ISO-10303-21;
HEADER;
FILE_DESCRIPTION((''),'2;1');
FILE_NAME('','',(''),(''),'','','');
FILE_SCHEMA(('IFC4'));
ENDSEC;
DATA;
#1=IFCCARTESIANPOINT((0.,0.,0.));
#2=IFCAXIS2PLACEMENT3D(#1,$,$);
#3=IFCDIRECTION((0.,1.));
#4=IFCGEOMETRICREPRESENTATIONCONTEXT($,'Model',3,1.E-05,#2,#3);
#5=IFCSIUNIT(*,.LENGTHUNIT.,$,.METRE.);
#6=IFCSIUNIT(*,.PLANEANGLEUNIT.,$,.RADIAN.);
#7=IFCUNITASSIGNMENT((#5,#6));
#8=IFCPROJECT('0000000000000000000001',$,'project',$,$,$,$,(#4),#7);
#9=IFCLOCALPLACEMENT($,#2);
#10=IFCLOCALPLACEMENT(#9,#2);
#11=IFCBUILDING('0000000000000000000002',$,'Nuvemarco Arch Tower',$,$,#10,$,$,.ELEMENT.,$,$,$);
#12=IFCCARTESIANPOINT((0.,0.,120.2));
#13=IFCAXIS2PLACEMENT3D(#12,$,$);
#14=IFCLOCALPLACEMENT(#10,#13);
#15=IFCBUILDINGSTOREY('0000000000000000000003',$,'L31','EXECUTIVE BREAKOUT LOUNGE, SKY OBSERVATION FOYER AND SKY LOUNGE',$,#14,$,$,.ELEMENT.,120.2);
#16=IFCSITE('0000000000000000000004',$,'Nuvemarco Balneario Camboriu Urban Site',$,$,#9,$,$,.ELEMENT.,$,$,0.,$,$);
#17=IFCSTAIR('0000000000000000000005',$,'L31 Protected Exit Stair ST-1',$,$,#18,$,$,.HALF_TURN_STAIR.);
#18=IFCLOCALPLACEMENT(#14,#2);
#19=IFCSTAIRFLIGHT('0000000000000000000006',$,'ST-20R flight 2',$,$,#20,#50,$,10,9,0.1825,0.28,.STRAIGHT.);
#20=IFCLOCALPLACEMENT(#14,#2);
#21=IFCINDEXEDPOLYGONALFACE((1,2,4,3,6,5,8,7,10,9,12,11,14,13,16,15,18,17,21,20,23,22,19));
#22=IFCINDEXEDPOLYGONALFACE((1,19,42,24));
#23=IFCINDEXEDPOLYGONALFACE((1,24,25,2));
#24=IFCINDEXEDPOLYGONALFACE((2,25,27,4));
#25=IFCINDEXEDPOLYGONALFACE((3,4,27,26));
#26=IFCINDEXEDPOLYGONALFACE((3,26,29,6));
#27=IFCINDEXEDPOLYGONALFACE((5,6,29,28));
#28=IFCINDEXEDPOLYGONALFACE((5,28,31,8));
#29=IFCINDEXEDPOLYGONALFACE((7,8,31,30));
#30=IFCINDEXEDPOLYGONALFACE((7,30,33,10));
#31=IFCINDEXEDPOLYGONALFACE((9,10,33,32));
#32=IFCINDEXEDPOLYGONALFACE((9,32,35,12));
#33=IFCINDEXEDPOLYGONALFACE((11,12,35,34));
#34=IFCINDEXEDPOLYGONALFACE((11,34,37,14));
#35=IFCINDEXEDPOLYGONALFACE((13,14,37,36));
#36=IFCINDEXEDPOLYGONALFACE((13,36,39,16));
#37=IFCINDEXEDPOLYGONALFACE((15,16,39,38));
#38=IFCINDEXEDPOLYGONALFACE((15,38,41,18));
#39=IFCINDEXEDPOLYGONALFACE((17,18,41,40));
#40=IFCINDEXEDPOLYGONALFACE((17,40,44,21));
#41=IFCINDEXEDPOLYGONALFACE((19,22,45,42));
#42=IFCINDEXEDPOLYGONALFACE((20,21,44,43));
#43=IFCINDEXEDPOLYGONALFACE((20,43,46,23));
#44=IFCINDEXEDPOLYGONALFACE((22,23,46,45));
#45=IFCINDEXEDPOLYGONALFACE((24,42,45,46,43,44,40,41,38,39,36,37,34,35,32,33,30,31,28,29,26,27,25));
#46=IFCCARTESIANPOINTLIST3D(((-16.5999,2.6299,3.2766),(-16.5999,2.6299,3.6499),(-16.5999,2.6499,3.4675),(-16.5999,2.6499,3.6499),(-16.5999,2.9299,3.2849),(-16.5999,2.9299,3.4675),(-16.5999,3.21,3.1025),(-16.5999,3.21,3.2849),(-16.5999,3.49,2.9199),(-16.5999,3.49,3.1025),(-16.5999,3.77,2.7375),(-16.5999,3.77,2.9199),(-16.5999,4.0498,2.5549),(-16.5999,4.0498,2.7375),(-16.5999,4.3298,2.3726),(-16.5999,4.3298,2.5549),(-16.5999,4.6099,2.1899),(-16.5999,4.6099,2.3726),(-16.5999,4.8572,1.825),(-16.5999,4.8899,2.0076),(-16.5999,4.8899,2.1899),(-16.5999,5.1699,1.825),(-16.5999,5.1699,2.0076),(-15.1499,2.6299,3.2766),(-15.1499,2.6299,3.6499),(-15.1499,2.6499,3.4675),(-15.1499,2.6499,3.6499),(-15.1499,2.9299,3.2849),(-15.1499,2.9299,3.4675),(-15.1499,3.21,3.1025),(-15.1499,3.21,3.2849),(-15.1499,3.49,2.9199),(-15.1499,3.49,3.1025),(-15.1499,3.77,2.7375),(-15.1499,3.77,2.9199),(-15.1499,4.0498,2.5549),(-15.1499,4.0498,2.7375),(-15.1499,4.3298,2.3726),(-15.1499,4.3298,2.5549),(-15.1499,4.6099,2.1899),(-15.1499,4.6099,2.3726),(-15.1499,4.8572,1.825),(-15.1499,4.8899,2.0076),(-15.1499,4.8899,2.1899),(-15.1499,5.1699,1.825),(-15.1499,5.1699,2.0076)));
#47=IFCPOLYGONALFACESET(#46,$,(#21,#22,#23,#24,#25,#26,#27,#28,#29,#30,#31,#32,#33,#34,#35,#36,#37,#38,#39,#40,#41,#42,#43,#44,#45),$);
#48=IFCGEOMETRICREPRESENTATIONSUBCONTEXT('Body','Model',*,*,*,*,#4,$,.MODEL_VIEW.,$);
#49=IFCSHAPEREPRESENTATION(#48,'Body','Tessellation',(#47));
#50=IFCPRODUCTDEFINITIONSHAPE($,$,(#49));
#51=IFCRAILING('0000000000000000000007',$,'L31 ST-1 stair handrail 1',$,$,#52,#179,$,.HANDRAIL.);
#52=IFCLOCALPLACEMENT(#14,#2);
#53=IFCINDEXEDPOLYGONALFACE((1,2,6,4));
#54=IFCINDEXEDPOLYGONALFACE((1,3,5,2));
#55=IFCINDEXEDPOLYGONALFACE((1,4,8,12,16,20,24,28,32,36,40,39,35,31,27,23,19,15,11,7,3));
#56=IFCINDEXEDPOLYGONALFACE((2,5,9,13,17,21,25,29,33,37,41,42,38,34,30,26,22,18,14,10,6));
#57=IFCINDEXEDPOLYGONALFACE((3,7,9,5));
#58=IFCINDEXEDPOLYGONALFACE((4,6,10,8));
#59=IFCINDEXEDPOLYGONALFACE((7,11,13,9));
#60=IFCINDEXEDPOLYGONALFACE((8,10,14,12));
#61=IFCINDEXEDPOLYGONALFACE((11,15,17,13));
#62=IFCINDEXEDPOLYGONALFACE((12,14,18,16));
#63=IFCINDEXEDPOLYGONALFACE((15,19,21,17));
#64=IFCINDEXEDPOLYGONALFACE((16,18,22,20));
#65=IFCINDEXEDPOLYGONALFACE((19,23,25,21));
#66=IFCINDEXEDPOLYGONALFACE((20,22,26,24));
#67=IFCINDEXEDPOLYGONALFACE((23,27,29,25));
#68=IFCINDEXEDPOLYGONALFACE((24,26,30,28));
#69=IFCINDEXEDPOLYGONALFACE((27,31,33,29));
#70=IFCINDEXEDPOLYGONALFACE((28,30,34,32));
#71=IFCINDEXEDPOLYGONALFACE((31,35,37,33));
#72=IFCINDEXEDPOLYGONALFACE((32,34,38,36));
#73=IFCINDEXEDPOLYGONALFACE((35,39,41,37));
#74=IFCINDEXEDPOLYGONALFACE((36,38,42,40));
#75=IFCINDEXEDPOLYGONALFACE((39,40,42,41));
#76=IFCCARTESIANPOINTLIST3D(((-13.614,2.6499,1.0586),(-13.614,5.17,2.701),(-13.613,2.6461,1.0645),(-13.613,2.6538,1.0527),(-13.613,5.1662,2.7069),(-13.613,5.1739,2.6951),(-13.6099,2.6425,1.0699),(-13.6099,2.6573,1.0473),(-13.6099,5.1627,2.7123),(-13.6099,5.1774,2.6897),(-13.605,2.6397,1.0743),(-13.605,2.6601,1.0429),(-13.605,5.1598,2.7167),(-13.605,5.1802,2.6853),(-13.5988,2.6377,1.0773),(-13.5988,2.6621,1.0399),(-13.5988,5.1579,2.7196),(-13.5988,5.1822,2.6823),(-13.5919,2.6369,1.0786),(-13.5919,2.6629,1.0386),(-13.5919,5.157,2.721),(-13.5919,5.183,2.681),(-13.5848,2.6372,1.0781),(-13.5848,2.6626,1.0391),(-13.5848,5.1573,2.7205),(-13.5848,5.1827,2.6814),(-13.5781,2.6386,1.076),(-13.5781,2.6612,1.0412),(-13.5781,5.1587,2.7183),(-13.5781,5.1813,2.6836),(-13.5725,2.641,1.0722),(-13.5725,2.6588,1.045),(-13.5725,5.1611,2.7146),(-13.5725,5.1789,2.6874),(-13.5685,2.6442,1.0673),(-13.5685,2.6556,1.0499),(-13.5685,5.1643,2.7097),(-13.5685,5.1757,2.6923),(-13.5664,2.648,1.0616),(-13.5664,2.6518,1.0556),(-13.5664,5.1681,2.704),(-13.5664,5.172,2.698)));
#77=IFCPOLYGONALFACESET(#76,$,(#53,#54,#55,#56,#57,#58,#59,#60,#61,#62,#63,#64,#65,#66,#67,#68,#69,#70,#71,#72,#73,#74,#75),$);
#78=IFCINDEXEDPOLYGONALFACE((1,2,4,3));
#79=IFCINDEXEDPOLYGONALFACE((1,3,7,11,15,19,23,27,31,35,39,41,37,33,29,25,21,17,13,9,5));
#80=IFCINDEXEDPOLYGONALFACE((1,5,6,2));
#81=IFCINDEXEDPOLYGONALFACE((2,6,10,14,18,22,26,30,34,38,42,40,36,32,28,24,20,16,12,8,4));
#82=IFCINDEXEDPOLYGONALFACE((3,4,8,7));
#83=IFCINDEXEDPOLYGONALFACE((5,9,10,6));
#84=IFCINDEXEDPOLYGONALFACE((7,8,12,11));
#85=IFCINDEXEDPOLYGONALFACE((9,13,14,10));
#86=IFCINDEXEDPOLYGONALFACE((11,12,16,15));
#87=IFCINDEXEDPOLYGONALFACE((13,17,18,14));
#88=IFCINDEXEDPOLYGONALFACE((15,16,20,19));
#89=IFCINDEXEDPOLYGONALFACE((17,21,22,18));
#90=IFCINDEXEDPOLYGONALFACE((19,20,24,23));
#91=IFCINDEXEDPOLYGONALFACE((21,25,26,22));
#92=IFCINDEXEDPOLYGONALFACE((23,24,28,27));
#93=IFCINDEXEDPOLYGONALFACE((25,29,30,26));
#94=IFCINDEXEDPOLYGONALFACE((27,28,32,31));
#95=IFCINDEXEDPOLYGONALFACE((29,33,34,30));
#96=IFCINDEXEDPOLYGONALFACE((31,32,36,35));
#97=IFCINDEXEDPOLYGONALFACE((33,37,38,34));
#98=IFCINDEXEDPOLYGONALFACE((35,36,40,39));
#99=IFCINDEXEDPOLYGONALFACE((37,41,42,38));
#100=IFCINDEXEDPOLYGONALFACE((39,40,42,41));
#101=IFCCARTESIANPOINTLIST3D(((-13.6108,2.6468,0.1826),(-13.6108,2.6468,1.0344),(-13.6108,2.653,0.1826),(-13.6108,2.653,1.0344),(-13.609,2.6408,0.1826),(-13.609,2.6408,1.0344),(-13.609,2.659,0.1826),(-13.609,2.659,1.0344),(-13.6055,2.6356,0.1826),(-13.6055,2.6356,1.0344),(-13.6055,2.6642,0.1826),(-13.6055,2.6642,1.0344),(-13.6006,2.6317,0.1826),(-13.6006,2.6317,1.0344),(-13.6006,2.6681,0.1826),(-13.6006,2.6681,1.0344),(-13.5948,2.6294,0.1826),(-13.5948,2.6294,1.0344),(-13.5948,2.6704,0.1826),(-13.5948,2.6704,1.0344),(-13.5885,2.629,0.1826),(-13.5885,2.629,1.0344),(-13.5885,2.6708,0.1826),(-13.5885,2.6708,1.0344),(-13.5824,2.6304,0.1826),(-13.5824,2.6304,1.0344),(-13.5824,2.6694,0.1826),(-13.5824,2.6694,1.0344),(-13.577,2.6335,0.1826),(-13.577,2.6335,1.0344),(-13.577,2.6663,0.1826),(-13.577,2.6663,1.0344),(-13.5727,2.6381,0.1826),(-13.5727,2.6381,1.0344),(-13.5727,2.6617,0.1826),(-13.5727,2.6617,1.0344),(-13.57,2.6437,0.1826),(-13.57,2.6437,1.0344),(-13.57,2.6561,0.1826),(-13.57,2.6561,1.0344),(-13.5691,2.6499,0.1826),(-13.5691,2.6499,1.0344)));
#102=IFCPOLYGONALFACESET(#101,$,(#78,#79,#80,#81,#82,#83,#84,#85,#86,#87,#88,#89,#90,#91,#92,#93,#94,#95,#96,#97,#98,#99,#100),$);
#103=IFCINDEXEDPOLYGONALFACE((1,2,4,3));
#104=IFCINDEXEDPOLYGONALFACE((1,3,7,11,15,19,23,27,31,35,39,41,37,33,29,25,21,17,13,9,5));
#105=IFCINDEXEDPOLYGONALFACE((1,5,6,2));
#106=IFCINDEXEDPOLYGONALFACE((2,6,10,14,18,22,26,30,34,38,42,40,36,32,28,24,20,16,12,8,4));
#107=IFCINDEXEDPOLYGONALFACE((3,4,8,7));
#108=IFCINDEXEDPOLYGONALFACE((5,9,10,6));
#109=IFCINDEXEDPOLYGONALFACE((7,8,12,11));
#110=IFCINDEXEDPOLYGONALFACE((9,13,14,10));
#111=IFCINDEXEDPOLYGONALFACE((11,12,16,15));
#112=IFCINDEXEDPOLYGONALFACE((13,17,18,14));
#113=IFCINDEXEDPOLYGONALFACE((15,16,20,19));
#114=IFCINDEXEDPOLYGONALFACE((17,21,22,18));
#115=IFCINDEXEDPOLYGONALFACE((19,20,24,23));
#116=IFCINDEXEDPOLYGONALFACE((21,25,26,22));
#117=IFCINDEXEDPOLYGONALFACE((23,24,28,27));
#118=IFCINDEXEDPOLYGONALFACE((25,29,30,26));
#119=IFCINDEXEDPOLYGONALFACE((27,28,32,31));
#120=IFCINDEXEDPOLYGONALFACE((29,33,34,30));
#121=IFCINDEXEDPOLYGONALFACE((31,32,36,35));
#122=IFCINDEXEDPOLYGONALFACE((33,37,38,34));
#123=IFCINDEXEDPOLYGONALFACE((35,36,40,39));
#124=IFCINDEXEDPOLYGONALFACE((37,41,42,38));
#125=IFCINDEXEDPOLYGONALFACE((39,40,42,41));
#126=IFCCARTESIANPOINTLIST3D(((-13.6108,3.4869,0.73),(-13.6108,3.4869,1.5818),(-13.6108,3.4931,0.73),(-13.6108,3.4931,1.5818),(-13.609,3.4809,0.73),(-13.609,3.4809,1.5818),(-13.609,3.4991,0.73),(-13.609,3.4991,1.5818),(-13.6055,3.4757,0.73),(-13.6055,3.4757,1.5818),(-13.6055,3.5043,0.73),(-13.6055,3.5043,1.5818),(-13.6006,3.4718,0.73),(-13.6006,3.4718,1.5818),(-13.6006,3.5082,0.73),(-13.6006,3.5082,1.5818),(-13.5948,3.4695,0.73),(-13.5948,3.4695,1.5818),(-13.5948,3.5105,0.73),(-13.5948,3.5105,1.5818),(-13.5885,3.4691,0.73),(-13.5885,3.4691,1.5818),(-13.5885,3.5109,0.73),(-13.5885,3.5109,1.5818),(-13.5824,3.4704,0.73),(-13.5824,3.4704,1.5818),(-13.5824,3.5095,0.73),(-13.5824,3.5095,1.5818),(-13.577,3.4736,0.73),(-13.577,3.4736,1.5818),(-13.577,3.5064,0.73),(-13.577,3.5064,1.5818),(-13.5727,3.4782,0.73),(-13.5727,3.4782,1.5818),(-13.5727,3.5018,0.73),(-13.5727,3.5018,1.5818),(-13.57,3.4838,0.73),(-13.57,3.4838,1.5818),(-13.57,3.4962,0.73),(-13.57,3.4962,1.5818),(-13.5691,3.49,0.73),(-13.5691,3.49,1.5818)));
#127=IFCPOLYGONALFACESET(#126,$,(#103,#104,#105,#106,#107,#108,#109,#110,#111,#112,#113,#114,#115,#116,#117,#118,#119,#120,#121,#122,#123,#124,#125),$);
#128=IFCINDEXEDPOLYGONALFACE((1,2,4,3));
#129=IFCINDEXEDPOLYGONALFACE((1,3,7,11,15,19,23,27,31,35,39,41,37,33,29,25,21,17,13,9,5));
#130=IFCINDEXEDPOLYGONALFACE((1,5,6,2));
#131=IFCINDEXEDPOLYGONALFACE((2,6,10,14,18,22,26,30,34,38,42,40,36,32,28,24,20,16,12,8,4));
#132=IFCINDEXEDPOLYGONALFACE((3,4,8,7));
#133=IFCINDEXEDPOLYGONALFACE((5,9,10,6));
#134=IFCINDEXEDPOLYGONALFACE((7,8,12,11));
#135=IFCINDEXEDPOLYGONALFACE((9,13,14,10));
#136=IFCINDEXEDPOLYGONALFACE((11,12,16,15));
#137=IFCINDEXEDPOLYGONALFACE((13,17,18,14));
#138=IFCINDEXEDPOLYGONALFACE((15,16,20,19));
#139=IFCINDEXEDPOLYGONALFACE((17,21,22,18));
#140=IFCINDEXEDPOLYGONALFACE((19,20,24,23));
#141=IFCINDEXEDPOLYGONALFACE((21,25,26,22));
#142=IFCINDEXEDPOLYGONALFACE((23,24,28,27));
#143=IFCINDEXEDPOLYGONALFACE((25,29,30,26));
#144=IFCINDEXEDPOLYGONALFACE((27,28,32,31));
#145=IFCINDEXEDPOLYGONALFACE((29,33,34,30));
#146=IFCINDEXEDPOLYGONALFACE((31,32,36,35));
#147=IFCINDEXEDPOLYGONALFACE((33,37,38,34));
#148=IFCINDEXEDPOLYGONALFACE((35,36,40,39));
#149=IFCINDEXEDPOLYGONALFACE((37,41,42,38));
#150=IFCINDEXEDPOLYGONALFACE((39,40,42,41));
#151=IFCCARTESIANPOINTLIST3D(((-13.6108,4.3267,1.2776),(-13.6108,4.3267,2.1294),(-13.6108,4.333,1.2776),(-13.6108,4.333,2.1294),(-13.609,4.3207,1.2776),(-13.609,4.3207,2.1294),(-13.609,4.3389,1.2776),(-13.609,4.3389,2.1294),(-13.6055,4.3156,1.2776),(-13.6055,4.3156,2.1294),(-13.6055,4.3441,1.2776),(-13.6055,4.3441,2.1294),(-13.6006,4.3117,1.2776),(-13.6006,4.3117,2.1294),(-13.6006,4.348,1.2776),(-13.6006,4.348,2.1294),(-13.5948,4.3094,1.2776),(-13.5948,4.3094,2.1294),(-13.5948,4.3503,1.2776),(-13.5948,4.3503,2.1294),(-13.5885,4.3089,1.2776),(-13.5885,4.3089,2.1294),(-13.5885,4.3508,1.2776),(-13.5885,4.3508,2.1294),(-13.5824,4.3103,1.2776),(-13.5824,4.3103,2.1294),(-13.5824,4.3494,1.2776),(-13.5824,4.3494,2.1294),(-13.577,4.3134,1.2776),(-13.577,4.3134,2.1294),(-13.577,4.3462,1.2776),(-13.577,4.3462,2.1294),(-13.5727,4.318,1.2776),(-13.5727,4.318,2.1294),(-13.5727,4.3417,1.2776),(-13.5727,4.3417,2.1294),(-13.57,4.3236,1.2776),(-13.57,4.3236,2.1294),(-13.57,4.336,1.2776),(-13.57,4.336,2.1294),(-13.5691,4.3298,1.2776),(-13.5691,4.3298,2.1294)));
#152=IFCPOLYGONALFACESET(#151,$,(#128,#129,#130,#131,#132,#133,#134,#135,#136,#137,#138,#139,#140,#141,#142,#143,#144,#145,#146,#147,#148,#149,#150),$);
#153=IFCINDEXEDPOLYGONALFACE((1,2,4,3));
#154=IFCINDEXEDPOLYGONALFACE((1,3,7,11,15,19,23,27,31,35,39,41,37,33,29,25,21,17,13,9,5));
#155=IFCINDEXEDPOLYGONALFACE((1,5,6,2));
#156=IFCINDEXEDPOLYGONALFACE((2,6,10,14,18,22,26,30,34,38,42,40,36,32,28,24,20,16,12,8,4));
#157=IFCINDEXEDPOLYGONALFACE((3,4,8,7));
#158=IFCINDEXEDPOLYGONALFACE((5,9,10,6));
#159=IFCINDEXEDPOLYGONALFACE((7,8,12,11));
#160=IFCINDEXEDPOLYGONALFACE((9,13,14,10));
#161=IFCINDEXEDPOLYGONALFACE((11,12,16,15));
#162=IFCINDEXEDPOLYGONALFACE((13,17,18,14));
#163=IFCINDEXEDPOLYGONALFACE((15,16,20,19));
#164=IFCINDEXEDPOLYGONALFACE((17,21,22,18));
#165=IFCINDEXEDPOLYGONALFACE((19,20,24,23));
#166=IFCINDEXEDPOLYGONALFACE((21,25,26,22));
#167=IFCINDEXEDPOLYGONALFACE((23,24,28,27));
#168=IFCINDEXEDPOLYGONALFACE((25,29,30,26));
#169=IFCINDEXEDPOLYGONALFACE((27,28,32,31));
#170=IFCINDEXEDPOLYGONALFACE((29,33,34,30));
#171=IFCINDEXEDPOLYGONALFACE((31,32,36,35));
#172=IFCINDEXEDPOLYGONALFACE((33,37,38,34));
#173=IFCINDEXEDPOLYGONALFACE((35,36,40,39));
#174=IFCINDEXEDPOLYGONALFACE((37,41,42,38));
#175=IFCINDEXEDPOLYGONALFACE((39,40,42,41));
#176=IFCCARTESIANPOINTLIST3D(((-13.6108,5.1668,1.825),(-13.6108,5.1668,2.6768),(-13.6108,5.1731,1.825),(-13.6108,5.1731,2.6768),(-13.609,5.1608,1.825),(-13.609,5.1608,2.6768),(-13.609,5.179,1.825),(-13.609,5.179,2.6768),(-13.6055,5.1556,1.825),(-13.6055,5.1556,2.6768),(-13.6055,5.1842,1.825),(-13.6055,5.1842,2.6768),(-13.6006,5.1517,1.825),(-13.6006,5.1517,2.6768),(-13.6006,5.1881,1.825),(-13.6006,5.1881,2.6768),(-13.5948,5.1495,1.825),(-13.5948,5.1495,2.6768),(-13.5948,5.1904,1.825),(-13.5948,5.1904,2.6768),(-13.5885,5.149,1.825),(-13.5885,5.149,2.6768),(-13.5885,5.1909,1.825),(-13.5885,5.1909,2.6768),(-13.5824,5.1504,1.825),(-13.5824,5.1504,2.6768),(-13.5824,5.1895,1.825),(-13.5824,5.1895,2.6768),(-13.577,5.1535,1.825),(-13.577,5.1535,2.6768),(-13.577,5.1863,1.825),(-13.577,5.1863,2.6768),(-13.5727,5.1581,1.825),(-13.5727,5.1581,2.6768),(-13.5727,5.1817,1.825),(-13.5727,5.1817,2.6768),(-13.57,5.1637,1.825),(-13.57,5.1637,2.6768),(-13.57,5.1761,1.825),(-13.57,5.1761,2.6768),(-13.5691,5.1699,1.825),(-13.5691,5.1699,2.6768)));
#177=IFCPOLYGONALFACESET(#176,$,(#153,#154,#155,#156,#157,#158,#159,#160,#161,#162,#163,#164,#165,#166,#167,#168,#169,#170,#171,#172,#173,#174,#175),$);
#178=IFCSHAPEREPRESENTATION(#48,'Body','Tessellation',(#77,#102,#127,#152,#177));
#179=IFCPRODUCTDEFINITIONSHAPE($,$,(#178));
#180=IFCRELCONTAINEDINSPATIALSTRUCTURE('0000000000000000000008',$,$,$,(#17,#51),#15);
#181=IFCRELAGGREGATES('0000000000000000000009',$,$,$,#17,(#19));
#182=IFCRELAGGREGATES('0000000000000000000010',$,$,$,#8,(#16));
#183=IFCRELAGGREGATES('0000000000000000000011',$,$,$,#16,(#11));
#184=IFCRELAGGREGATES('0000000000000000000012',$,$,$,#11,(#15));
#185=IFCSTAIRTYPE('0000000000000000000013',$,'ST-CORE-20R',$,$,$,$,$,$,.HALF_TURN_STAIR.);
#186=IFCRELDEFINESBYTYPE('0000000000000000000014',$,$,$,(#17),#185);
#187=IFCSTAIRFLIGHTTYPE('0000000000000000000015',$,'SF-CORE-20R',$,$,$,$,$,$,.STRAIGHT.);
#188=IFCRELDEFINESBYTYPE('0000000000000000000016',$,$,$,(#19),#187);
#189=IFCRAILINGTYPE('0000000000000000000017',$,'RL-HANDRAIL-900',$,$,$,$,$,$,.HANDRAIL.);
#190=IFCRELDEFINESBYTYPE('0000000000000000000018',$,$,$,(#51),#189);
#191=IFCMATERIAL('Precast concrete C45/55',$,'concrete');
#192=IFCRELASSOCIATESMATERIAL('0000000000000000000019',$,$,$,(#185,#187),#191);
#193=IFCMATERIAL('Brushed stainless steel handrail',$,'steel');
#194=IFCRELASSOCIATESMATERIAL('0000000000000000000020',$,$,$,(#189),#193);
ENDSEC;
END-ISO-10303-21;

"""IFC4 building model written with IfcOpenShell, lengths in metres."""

from ifc_helpers import new_model, si_unit, direction, frame, origin, origin_2d, place, context, subcontext, project, spatial, polyline, circle, outline, extrude, material, type_object, element, aggregate, save


model = new_model("IFC4")

# Units and contexts
model_context = context("Model", 3, precision=1e-05, world=origin(), true_north=direction((0.0, 1.0)))
body_context = subcontext(model_context, "Body", "Model", "MODEL_VIEW")
ifc_project = project(units=[si_unit("LENGTHUNIT", "METRE"), si_unit("PLANEANGLEUNIT", "RADIAN")], contexts=[model_context])

# Site, building, storey
site_placement = place(None, origin())
site = spatial("IfcSite", under=ifc_project, at=site_placement, Name="Nuvemarco Balneario Camboriu Urban Site", CompositionType="ELEMENT", RefElevation=0.0)
building_placement = place(site_placement, origin())
building = spatial("IfcBuilding", under=site, at=building_placement, Name="Nuvemarco Arch Tower", CompositionType="ELEMENT")
storey_placement = place(building_placement, frame((0.0, 0.0, 120.2)))
storey = spatial("IfcBuildingStorey", under=building, at=storey_placement, Name="L31", Description="EXECUTIVE BREAKOUT LOUNGE, SKY OBSERVATION FOYER AND SKY LOUNGE", CompositionType="ELEMENT", Elevation=120.2)

# Stair, stair flight
ifc_material_1 = material(Name="Precast concrete C45/55", Category="concrete")
stair_type = type_object("IfcStairType", Name="ST-CORE-20R", PredefinedType="HALF_TURN_STAIR", material=ifc_material_1)
stair_placement = place(storey_placement, origin())
stair = element("IfcStair", 1, at=stair_placement, inside=storey, type_object=stair_type, Name="L31 Protected Exit Stair ST-1", PredefinedType="HALF_TURN_STAIR")
stair_flight_type = type_object("IfcStairFlightType", Name="SF-CORE-20R", PredefinedType="STRAIGHT", material=ifc_material_1)
stair_flight_1_placement = place(storey_placement, frame((-15.875, 5.1699, 1.825), z_axis=(0.0, 0.0, 1.0), x_axis=(0.0, -1.0, 0.0)))
stair_flight_1 = element("IfcStairFlight", 2, at=stair_flight_1_placement, type_object=stair_flight_type, Name="ST-20R flight 2", NumberOfRisers=10, NumberOfTreads=9, PredefinedType="STRAIGHT", RiserHeight=0.1825, TreadLength=0.28, context=body_context, shape_type="SweptSolid", body=[
    extrude(outline(polyline([(0.0, 0.0), (0.0, 0.1826), (0.28, 0.1826), (0.28, 0.365), (0.5601, 0.365), (0.5601, 0.5476), (0.8401, 0.5476), (0.8401, 0.73), (1.1201, 0.73), (1.1201, 0.9126), (1.3999, 0.9126), (1.3999, 1.095), (1.6799, 1.095), (1.6799, 1.2776), (1.96, 1.2776), (1.96, 1.46), (2.24, 1.46), (2.24, 1.6426), (2.52, 1.6426), (2.52, 1.825), (2.54, 1.825), (2.54, 1.4517), (0.3127, 0.0), (0.0, 0.0)])), frame((0.0, 0.7251, 0.0), z_axis=(0.0, -1.0, 0.0), x_axis=(1.0, 0.0, 0.0)), (0.0, 0.0, 1.0), 1.45),
])
aggregate(stair, [stair_flight_1])

# Railing
ifc_material_2 = material(Name="Brushed stainless steel handrail", Category="steel")
railing_type_1 = type_object("IfcRailingType", Name="RL-HANDRAIL-900", PredefinedType="HANDRAIL", material=ifc_material_2)
railing_1_placement = place(storey_placement, frame((-13.5901, 2.6499, 0.1826)))
element("IfcRailing", 3, at=railing_1_placement, inside=storey, type_object=railing_type_1, Name="L31 ST-1 stair handrail 1", PredefinedType="HANDRAIL", context=body_context, shape_type="SweptSolid", body=[
    extrude(circle(Radius=0.0239, at=origin_2d()), frame((0.0, 0.0, 0.876), z_axis=(0.0, 0.837787, 0.545998), x_axis=(-1.0, 0.0, 0.0)), (0.0, 0.0, 1.0), 3.0081),
    extrude(circle(Radius=0.021, at=origin_2d()), origin(), (0.0, 0.0, 1.0), 0.8518),
    extrude(circle(Radius=0.021, at=origin_2d()), frame((0.0, 0.8401, 0.5474)), (0.0, 0.0, 1.0), 0.8518),
    extrude(circle(Radius=0.021, at=origin_2d()), frame((0.0, 1.6799, 1.095)), (0.0, 0.0, 1.0), 0.8518),
    extrude(circle(Radius=0.021, at=origin_2d()), frame((0.0, 2.52, 1.6423)), (0.0, 0.0, 1.0), 0.8518),
])

save(model, "model.ifc")
